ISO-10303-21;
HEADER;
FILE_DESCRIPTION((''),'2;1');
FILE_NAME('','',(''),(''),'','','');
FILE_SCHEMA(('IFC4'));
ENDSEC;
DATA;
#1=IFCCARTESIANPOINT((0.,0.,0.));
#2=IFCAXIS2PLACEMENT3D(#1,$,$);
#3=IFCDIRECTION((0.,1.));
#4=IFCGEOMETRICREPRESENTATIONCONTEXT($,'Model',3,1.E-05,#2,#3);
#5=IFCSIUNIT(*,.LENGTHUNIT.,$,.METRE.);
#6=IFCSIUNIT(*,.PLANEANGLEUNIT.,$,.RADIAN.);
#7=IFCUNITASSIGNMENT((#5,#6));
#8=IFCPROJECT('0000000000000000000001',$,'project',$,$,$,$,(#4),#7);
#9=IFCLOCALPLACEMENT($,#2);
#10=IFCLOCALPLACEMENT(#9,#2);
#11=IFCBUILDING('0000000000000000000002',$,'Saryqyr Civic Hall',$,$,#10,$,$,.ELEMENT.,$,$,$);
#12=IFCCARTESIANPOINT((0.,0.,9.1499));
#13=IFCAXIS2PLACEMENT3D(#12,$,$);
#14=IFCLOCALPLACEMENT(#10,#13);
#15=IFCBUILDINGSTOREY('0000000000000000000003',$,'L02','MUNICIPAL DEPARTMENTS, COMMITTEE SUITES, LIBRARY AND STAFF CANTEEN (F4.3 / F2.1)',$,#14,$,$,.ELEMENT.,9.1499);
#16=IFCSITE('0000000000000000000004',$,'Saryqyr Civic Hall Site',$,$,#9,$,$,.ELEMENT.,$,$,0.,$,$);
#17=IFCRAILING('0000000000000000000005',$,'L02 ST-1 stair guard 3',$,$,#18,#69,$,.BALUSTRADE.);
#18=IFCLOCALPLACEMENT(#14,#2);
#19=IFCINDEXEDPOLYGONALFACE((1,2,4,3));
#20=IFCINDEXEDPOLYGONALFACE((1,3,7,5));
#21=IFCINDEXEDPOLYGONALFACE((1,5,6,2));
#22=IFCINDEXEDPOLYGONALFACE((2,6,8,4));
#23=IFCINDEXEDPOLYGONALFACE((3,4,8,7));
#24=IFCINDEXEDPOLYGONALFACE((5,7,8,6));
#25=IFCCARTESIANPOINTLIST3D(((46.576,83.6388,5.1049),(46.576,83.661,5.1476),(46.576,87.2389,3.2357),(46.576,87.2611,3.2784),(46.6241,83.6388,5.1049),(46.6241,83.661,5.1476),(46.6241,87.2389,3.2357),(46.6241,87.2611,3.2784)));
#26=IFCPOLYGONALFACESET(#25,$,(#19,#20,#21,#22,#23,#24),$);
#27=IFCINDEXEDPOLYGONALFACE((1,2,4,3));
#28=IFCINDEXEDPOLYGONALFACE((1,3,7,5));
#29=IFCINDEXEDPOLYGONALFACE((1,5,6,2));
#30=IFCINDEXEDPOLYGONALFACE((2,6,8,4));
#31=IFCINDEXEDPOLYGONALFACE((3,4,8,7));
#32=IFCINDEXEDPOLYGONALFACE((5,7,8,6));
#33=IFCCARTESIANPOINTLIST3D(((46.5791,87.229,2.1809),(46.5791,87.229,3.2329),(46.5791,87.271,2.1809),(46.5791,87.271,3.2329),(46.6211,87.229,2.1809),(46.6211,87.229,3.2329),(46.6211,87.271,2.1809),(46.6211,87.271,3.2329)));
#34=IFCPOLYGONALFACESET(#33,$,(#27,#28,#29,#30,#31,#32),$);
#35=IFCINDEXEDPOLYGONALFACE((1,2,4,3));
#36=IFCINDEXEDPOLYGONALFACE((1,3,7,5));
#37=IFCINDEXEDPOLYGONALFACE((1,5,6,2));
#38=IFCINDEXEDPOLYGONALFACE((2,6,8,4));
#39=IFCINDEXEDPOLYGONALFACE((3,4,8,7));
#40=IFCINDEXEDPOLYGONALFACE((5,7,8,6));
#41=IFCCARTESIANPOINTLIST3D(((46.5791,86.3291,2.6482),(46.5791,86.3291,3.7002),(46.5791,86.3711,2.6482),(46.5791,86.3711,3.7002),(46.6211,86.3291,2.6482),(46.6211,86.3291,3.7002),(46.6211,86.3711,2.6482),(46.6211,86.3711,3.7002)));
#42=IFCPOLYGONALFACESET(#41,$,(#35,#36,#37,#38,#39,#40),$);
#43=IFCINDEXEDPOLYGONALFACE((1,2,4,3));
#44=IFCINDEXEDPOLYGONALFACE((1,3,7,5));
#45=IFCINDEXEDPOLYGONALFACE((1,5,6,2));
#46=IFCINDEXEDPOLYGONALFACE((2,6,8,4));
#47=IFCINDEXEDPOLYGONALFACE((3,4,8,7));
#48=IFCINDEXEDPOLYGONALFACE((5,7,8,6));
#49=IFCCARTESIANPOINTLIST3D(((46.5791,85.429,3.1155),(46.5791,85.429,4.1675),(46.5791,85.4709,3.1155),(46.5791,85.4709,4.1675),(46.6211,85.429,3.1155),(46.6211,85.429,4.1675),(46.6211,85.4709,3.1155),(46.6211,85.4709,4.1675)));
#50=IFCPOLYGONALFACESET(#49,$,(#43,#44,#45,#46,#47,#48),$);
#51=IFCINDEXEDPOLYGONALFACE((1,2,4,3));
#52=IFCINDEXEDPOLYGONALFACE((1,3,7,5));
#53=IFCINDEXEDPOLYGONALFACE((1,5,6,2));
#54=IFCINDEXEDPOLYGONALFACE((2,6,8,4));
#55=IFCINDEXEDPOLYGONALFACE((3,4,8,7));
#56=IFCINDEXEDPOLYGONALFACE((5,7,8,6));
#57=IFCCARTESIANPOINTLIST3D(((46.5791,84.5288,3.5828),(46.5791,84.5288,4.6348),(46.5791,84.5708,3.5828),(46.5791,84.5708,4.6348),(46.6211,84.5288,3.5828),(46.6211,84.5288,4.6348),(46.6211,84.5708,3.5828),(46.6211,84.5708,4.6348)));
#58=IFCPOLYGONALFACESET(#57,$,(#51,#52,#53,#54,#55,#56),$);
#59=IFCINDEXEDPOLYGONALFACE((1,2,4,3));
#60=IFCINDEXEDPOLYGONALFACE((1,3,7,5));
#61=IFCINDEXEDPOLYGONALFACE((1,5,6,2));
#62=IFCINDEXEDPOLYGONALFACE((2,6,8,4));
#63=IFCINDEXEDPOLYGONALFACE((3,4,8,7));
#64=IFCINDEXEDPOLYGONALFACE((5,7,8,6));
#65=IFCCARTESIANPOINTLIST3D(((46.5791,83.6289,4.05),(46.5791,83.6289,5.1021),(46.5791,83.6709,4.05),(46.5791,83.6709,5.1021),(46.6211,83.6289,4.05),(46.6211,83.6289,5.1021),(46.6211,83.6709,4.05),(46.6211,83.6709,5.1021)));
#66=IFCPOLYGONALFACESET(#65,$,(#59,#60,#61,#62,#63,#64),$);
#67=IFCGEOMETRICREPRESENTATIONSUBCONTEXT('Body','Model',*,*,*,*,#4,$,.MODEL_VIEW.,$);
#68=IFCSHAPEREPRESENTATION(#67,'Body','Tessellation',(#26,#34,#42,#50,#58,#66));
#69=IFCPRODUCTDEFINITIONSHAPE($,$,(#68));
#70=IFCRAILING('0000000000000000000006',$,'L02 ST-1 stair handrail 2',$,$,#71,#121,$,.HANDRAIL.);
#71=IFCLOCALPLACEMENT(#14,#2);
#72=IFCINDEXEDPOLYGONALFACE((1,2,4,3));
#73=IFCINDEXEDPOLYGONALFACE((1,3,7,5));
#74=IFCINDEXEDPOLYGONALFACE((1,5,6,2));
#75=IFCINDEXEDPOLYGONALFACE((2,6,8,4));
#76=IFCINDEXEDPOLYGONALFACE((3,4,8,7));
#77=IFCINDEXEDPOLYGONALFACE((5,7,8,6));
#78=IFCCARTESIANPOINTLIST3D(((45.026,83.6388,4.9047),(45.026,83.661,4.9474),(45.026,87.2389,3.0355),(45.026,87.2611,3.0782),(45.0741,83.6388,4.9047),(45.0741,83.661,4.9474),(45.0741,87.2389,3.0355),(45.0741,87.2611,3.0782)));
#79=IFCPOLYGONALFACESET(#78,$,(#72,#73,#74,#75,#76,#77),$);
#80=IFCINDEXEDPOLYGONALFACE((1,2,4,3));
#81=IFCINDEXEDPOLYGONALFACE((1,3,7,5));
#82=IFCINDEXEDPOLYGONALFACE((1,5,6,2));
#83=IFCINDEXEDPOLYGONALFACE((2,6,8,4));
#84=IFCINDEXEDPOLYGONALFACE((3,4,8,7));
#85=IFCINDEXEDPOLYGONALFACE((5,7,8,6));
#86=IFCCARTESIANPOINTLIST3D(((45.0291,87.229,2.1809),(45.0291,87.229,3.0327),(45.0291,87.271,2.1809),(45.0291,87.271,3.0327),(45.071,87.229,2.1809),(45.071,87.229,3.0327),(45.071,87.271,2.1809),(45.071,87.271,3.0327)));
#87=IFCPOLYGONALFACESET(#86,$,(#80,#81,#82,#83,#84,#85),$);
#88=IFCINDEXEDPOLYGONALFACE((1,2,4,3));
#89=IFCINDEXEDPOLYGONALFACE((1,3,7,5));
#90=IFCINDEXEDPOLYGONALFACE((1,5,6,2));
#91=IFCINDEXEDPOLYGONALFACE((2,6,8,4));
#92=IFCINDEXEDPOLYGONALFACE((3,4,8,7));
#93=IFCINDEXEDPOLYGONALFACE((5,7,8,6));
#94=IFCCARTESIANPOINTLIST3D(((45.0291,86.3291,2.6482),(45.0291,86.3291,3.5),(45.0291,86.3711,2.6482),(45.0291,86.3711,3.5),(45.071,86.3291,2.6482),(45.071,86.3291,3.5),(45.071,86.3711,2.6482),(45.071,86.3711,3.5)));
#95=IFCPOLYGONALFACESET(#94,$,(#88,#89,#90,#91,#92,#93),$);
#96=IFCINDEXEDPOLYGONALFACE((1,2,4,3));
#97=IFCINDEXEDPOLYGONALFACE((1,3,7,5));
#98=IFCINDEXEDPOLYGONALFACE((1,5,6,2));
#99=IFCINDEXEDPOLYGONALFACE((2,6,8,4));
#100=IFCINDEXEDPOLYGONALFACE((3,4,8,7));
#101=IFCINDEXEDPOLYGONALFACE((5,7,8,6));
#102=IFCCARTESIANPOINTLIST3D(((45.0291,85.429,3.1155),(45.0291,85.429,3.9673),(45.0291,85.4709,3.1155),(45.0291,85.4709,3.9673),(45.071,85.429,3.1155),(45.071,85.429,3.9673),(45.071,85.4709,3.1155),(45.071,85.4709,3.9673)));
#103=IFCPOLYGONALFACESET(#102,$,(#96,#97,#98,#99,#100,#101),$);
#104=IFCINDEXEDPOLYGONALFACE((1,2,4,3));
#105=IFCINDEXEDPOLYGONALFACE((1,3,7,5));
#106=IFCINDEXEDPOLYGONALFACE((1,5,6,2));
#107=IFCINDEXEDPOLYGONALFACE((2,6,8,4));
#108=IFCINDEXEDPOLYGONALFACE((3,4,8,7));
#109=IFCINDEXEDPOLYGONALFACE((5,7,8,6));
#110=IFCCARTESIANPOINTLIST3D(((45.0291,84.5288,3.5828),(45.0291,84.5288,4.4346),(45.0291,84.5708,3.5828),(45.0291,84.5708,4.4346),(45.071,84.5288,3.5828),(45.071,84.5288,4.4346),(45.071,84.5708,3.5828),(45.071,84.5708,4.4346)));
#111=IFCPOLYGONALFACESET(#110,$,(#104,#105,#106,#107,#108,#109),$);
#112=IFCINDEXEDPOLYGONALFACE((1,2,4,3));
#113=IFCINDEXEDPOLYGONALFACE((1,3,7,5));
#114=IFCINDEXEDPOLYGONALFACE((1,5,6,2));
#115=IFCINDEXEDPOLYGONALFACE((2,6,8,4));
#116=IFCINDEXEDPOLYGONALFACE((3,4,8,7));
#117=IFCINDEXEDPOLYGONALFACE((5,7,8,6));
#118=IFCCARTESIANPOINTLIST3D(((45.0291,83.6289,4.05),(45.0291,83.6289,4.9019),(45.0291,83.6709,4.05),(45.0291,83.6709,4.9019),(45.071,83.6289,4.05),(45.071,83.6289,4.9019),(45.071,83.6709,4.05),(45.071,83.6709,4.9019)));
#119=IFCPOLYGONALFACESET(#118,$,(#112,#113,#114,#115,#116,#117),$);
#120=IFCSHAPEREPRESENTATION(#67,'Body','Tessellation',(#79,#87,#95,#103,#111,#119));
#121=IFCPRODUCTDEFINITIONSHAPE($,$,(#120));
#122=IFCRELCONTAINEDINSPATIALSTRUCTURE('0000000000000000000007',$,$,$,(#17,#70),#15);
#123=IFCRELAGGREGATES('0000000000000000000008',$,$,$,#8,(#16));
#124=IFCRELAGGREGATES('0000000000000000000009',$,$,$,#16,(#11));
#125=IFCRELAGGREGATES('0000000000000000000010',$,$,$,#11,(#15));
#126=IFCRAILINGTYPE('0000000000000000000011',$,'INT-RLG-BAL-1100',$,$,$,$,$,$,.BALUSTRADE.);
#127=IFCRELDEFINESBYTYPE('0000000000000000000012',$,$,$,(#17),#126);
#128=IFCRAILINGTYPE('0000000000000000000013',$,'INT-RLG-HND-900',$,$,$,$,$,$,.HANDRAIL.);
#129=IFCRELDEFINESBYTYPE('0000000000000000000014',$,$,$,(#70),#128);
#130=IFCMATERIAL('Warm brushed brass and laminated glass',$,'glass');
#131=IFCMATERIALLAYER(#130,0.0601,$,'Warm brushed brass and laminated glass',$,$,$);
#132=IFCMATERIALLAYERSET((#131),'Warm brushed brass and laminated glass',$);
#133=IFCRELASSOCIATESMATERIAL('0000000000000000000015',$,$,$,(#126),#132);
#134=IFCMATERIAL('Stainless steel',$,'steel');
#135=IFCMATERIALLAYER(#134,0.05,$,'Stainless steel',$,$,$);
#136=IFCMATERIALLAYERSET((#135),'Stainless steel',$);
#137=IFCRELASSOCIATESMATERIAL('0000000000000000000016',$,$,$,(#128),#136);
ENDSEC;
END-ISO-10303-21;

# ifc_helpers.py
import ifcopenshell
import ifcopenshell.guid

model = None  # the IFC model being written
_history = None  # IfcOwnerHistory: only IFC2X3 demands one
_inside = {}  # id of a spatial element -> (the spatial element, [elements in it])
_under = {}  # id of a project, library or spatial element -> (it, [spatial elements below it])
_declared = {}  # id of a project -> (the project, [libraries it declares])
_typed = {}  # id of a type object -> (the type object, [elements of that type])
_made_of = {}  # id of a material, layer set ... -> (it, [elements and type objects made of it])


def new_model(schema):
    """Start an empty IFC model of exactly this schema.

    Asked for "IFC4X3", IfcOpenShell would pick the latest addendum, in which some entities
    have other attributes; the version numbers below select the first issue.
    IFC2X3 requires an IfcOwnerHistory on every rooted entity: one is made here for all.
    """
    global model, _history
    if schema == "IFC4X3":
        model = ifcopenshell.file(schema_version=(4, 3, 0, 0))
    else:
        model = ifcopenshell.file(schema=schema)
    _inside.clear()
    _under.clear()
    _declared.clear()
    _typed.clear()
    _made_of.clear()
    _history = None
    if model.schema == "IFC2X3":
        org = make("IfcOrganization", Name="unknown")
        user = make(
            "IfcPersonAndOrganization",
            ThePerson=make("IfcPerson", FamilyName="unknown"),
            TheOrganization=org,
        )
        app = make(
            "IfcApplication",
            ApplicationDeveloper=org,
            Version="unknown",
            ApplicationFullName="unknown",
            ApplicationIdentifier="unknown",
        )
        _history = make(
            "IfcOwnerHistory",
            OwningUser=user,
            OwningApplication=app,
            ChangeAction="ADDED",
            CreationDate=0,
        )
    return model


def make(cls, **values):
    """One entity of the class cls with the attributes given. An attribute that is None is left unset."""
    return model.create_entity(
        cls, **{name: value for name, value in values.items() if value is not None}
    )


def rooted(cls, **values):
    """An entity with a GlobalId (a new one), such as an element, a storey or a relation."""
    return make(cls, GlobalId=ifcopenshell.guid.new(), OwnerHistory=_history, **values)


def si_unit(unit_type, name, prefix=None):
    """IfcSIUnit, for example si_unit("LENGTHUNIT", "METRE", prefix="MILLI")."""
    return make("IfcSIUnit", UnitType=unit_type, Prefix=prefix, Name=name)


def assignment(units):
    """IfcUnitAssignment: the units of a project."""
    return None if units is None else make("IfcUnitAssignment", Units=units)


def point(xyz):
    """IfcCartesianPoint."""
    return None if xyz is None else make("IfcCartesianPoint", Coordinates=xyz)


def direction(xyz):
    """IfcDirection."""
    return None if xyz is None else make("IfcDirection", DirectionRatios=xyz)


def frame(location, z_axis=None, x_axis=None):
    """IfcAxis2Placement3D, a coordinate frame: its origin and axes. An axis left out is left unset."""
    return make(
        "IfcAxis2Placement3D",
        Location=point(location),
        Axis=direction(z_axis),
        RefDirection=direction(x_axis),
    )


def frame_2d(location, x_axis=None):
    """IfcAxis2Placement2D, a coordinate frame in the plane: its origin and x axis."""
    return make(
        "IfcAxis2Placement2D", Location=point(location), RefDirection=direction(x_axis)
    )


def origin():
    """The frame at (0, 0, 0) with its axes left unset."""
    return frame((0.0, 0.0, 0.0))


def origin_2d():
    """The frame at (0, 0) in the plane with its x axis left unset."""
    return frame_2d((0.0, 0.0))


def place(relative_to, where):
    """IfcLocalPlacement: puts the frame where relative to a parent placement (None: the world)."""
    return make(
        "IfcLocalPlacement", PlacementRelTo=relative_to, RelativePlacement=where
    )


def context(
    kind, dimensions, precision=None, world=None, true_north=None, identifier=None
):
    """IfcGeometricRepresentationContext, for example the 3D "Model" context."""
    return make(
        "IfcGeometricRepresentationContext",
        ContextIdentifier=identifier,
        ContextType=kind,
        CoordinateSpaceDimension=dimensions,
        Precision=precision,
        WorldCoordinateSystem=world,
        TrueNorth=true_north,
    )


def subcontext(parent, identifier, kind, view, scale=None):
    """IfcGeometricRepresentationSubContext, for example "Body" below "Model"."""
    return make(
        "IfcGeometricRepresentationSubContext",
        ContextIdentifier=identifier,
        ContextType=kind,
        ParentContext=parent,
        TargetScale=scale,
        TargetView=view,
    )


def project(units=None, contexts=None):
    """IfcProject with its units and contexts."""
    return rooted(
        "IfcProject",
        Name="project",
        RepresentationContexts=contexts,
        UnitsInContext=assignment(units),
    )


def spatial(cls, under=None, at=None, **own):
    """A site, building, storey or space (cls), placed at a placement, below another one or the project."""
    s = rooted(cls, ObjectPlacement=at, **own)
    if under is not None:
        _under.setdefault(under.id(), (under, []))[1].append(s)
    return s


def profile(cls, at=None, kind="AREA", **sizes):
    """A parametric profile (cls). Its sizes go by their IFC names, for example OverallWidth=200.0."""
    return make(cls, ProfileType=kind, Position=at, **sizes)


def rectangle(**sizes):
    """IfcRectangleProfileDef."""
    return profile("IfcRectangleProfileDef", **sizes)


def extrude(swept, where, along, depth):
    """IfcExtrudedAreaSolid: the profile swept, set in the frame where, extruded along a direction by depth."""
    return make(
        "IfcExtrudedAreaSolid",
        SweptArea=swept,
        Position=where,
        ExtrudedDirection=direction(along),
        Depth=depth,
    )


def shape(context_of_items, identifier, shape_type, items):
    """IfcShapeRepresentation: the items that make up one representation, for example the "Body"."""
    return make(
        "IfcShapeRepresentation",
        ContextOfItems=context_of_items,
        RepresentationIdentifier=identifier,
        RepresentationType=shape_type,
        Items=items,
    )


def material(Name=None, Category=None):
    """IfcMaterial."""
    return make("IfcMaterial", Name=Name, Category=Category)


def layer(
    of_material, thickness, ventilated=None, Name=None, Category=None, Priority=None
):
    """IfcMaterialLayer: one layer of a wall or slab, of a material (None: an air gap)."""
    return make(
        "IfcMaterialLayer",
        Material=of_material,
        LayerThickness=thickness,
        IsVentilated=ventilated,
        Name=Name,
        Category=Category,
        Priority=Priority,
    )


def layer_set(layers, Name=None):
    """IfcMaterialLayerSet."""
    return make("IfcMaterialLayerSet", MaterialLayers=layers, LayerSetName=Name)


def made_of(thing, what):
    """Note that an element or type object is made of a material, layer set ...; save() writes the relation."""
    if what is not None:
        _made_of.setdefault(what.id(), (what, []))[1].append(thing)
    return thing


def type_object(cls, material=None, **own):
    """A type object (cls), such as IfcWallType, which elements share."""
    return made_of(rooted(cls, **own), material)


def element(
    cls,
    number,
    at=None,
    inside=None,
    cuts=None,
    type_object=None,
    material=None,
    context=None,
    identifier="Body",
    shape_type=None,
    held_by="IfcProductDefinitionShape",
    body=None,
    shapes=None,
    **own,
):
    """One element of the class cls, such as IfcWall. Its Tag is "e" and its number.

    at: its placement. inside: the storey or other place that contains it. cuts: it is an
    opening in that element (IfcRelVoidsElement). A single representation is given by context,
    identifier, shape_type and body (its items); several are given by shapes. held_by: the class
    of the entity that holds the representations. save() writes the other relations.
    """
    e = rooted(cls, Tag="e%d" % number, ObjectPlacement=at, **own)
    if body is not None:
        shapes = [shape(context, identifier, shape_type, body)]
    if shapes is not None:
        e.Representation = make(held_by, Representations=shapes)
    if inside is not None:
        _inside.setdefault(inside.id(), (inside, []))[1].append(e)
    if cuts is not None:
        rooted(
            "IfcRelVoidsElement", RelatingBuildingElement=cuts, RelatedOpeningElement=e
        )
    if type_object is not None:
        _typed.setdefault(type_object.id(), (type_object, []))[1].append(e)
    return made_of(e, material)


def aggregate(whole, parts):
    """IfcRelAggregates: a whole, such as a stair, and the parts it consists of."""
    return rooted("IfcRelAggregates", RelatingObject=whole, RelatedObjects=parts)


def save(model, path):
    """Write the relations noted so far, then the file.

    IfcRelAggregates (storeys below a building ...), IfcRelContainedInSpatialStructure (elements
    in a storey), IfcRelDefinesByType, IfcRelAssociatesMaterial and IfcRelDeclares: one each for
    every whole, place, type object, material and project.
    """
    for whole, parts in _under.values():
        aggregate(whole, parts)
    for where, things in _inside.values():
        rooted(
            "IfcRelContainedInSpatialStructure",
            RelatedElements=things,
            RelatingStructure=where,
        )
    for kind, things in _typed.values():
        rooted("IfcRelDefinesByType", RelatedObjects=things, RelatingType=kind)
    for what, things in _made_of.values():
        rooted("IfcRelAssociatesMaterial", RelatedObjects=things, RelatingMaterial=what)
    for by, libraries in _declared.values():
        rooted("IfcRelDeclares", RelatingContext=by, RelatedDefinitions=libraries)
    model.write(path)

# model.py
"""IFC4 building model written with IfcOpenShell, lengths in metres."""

from ifc_helpers import new_model, si_unit, direction, frame, origin, origin_2d, place, context, subcontext, project, spatial, rectangle, extrude, material, layer, layer_set, type_object, element, save


model = new_model("IFC4")

# Units and contexts
model_context = context("Model", 3, precision=1e-05, world=origin(), true_north=direction((0.0, 1.0)))
body_context = subcontext(model_context, "Body", "Model", "MODEL_VIEW")
ifc_project = project(units=[si_unit("LENGTHUNIT", "METRE"), si_unit("PLANEANGLEUNIT", "RADIAN")], contexts=[model_context])

# Site, building, storey
site_placement = place(None, origin())
site = spatial("IfcSite", under=ifc_project, at=site_placement, Name="Saryqyr Civic Hall Site", CompositionType="ELEMENT", RefElevation=0.0)
building_placement = place(site_placement, origin())
building = spatial("IfcBuilding", under=site, at=building_placement, Name="Saryqyr Civic Hall", CompositionType="ELEMENT")
storey_placement = place(building_placement, frame((0.0, 0.0, 9.1499)))
storey = spatial("IfcBuildingStorey", under=building, at=storey_placement, Name="L02", Description="MUNICIPAL DEPARTMENTS, COMMITTEE SUITES, LIBRARY AND STAFF CANTEEN (F4.3 / F2.1)", CompositionType="ELEMENT", Elevation=9.1499)

# Railings
ifc_material_1 = material(Name="Warm brushed brass and laminated glass", Category="glass")
ifc_layer_1 = layer(ifc_material_1, 0.0601, Name="Warm brushed brass and laminated glass")
ifc_layer_set_1 = layer_set([ifc_layer_1], Name="Warm brushed brass and laminated glass")
railing_type_1 = type_object("IfcRailingType", Name="INT-RLG-BAL-1100", PredefinedType="BALUSTRADE", material=ifc_layer_set_1)
railing_1_placement = place(storey_placement, frame((46.6001, 87.25, 2.1809)))
element("IfcRailing", 1, at=railing_1_placement, inside=storey, type_object=railing_type_1, Name="L02 ST-1 stair guard 3", PredefinedType="BALUSTRADE", context=body_context, shape_type="SweptSolid", body=[
    extrude(rectangle(XDim=0.0481, YDim=0.0481, at=origin_2d()), frame((0.0, 0.0, 1.0762), z_axis=(0.0, -0.88751, 0.460788), x_axis=(1.0, 0.0, 0.0)), (0.0, 0.0, 1.0), 4.0564),
    extrude(rectangle(XDim=0.042, YDim=0.042, at=origin_2d()), origin(), (0.0, 0.0, 1.0), 1.052),
    extrude(rectangle(XDim=0.042, YDim=0.042, at=origin_2d()), frame((0.0, -0.8999, 0.4673)), (0.0, 0.0, 1.0), 1.052),
    extrude(rectangle(XDim=0.042, YDim=0.042, at=origin_2d()), frame((0.0, -1.8, 0.9346)), (0.0, 0.0, 1.0), 1.052),
    extrude(rectangle(XDim=0.042, YDim=0.042, at=origin_2d()), frame((0.0, -2.7002, 1.4019)), (0.0, 0.0, 1.0), 1.052),
    extrude(rectangle(XDim=0.042, YDim=0.042, at=origin_2d()), frame((0.0, -3.6001, 1.8691)), (0.0, 0.0, 1.0), 1.052),
])
ifc_material_2 = material(Name="Stainless steel", Category="steel")
ifc_layer_2 = layer(ifc_material_2, 0.05, Name="Stainless steel")
ifc_layer_set_2 = layer_set([ifc_layer_2], Name="Stainless steel")
railing_type_2 = type_object("IfcRailingType", Name="INT-RLG-HND-900", PredefinedType="HANDRAIL", material=ifc_layer_set_2)
railing_2_placement = place(storey_placement, frame((45.05, 87.25, 2.1809)))
element("IfcRailing", 2, at=railing_2_placement, inside=storey, type_object=railing_type_2, Name="L02 ST-1 stair handrail 2", PredefinedType="HANDRAIL", context=body_context, shape_type="SweptSolid", body=[
    extrude(rectangle(XDim=0.0481, YDim=0.0481, at=origin_2d()), frame((0.0, 0.0, 0.876), z_axis=(0.0, -0.88751, 0.460788), x_axis=(1.0, 0.0, 0.0)), (0.0, 0.0, 1.0), 4.0564),
    extrude(rectangle(XDim=0.042, YDim=0.042, at=origin_2d()), origin(), (0.0, 0.0, 1.0), 0.8518),
    extrude(rectangle(XDim=0.042, YDim=0.042, at=origin_2d()), frame((0.0, -0.8999, 0.4673)), (0.0, 0.0, 1.0), 0.8518),
    extrude(rectangle(XDim=0.042, YDim=0.042, at=origin_2d()), frame((0.0, -1.8, 0.9346)), (0.0, 0.0, 1.0), 0.8518),
    extrude(rectangle(XDim=0.042, YDim=0.042, at=origin_2d()), frame((0.0, -2.7002, 1.4019)), (0.0, 0.0, 1.0), 0.8518),
    extrude(rectangle(XDim=0.042, YDim=0.042, at=origin_2d()), frame((0.0, -3.6001, 1.8691)), (0.0, 0.0, 1.0), 0.8518),
])

save(model, "model.ifc")
